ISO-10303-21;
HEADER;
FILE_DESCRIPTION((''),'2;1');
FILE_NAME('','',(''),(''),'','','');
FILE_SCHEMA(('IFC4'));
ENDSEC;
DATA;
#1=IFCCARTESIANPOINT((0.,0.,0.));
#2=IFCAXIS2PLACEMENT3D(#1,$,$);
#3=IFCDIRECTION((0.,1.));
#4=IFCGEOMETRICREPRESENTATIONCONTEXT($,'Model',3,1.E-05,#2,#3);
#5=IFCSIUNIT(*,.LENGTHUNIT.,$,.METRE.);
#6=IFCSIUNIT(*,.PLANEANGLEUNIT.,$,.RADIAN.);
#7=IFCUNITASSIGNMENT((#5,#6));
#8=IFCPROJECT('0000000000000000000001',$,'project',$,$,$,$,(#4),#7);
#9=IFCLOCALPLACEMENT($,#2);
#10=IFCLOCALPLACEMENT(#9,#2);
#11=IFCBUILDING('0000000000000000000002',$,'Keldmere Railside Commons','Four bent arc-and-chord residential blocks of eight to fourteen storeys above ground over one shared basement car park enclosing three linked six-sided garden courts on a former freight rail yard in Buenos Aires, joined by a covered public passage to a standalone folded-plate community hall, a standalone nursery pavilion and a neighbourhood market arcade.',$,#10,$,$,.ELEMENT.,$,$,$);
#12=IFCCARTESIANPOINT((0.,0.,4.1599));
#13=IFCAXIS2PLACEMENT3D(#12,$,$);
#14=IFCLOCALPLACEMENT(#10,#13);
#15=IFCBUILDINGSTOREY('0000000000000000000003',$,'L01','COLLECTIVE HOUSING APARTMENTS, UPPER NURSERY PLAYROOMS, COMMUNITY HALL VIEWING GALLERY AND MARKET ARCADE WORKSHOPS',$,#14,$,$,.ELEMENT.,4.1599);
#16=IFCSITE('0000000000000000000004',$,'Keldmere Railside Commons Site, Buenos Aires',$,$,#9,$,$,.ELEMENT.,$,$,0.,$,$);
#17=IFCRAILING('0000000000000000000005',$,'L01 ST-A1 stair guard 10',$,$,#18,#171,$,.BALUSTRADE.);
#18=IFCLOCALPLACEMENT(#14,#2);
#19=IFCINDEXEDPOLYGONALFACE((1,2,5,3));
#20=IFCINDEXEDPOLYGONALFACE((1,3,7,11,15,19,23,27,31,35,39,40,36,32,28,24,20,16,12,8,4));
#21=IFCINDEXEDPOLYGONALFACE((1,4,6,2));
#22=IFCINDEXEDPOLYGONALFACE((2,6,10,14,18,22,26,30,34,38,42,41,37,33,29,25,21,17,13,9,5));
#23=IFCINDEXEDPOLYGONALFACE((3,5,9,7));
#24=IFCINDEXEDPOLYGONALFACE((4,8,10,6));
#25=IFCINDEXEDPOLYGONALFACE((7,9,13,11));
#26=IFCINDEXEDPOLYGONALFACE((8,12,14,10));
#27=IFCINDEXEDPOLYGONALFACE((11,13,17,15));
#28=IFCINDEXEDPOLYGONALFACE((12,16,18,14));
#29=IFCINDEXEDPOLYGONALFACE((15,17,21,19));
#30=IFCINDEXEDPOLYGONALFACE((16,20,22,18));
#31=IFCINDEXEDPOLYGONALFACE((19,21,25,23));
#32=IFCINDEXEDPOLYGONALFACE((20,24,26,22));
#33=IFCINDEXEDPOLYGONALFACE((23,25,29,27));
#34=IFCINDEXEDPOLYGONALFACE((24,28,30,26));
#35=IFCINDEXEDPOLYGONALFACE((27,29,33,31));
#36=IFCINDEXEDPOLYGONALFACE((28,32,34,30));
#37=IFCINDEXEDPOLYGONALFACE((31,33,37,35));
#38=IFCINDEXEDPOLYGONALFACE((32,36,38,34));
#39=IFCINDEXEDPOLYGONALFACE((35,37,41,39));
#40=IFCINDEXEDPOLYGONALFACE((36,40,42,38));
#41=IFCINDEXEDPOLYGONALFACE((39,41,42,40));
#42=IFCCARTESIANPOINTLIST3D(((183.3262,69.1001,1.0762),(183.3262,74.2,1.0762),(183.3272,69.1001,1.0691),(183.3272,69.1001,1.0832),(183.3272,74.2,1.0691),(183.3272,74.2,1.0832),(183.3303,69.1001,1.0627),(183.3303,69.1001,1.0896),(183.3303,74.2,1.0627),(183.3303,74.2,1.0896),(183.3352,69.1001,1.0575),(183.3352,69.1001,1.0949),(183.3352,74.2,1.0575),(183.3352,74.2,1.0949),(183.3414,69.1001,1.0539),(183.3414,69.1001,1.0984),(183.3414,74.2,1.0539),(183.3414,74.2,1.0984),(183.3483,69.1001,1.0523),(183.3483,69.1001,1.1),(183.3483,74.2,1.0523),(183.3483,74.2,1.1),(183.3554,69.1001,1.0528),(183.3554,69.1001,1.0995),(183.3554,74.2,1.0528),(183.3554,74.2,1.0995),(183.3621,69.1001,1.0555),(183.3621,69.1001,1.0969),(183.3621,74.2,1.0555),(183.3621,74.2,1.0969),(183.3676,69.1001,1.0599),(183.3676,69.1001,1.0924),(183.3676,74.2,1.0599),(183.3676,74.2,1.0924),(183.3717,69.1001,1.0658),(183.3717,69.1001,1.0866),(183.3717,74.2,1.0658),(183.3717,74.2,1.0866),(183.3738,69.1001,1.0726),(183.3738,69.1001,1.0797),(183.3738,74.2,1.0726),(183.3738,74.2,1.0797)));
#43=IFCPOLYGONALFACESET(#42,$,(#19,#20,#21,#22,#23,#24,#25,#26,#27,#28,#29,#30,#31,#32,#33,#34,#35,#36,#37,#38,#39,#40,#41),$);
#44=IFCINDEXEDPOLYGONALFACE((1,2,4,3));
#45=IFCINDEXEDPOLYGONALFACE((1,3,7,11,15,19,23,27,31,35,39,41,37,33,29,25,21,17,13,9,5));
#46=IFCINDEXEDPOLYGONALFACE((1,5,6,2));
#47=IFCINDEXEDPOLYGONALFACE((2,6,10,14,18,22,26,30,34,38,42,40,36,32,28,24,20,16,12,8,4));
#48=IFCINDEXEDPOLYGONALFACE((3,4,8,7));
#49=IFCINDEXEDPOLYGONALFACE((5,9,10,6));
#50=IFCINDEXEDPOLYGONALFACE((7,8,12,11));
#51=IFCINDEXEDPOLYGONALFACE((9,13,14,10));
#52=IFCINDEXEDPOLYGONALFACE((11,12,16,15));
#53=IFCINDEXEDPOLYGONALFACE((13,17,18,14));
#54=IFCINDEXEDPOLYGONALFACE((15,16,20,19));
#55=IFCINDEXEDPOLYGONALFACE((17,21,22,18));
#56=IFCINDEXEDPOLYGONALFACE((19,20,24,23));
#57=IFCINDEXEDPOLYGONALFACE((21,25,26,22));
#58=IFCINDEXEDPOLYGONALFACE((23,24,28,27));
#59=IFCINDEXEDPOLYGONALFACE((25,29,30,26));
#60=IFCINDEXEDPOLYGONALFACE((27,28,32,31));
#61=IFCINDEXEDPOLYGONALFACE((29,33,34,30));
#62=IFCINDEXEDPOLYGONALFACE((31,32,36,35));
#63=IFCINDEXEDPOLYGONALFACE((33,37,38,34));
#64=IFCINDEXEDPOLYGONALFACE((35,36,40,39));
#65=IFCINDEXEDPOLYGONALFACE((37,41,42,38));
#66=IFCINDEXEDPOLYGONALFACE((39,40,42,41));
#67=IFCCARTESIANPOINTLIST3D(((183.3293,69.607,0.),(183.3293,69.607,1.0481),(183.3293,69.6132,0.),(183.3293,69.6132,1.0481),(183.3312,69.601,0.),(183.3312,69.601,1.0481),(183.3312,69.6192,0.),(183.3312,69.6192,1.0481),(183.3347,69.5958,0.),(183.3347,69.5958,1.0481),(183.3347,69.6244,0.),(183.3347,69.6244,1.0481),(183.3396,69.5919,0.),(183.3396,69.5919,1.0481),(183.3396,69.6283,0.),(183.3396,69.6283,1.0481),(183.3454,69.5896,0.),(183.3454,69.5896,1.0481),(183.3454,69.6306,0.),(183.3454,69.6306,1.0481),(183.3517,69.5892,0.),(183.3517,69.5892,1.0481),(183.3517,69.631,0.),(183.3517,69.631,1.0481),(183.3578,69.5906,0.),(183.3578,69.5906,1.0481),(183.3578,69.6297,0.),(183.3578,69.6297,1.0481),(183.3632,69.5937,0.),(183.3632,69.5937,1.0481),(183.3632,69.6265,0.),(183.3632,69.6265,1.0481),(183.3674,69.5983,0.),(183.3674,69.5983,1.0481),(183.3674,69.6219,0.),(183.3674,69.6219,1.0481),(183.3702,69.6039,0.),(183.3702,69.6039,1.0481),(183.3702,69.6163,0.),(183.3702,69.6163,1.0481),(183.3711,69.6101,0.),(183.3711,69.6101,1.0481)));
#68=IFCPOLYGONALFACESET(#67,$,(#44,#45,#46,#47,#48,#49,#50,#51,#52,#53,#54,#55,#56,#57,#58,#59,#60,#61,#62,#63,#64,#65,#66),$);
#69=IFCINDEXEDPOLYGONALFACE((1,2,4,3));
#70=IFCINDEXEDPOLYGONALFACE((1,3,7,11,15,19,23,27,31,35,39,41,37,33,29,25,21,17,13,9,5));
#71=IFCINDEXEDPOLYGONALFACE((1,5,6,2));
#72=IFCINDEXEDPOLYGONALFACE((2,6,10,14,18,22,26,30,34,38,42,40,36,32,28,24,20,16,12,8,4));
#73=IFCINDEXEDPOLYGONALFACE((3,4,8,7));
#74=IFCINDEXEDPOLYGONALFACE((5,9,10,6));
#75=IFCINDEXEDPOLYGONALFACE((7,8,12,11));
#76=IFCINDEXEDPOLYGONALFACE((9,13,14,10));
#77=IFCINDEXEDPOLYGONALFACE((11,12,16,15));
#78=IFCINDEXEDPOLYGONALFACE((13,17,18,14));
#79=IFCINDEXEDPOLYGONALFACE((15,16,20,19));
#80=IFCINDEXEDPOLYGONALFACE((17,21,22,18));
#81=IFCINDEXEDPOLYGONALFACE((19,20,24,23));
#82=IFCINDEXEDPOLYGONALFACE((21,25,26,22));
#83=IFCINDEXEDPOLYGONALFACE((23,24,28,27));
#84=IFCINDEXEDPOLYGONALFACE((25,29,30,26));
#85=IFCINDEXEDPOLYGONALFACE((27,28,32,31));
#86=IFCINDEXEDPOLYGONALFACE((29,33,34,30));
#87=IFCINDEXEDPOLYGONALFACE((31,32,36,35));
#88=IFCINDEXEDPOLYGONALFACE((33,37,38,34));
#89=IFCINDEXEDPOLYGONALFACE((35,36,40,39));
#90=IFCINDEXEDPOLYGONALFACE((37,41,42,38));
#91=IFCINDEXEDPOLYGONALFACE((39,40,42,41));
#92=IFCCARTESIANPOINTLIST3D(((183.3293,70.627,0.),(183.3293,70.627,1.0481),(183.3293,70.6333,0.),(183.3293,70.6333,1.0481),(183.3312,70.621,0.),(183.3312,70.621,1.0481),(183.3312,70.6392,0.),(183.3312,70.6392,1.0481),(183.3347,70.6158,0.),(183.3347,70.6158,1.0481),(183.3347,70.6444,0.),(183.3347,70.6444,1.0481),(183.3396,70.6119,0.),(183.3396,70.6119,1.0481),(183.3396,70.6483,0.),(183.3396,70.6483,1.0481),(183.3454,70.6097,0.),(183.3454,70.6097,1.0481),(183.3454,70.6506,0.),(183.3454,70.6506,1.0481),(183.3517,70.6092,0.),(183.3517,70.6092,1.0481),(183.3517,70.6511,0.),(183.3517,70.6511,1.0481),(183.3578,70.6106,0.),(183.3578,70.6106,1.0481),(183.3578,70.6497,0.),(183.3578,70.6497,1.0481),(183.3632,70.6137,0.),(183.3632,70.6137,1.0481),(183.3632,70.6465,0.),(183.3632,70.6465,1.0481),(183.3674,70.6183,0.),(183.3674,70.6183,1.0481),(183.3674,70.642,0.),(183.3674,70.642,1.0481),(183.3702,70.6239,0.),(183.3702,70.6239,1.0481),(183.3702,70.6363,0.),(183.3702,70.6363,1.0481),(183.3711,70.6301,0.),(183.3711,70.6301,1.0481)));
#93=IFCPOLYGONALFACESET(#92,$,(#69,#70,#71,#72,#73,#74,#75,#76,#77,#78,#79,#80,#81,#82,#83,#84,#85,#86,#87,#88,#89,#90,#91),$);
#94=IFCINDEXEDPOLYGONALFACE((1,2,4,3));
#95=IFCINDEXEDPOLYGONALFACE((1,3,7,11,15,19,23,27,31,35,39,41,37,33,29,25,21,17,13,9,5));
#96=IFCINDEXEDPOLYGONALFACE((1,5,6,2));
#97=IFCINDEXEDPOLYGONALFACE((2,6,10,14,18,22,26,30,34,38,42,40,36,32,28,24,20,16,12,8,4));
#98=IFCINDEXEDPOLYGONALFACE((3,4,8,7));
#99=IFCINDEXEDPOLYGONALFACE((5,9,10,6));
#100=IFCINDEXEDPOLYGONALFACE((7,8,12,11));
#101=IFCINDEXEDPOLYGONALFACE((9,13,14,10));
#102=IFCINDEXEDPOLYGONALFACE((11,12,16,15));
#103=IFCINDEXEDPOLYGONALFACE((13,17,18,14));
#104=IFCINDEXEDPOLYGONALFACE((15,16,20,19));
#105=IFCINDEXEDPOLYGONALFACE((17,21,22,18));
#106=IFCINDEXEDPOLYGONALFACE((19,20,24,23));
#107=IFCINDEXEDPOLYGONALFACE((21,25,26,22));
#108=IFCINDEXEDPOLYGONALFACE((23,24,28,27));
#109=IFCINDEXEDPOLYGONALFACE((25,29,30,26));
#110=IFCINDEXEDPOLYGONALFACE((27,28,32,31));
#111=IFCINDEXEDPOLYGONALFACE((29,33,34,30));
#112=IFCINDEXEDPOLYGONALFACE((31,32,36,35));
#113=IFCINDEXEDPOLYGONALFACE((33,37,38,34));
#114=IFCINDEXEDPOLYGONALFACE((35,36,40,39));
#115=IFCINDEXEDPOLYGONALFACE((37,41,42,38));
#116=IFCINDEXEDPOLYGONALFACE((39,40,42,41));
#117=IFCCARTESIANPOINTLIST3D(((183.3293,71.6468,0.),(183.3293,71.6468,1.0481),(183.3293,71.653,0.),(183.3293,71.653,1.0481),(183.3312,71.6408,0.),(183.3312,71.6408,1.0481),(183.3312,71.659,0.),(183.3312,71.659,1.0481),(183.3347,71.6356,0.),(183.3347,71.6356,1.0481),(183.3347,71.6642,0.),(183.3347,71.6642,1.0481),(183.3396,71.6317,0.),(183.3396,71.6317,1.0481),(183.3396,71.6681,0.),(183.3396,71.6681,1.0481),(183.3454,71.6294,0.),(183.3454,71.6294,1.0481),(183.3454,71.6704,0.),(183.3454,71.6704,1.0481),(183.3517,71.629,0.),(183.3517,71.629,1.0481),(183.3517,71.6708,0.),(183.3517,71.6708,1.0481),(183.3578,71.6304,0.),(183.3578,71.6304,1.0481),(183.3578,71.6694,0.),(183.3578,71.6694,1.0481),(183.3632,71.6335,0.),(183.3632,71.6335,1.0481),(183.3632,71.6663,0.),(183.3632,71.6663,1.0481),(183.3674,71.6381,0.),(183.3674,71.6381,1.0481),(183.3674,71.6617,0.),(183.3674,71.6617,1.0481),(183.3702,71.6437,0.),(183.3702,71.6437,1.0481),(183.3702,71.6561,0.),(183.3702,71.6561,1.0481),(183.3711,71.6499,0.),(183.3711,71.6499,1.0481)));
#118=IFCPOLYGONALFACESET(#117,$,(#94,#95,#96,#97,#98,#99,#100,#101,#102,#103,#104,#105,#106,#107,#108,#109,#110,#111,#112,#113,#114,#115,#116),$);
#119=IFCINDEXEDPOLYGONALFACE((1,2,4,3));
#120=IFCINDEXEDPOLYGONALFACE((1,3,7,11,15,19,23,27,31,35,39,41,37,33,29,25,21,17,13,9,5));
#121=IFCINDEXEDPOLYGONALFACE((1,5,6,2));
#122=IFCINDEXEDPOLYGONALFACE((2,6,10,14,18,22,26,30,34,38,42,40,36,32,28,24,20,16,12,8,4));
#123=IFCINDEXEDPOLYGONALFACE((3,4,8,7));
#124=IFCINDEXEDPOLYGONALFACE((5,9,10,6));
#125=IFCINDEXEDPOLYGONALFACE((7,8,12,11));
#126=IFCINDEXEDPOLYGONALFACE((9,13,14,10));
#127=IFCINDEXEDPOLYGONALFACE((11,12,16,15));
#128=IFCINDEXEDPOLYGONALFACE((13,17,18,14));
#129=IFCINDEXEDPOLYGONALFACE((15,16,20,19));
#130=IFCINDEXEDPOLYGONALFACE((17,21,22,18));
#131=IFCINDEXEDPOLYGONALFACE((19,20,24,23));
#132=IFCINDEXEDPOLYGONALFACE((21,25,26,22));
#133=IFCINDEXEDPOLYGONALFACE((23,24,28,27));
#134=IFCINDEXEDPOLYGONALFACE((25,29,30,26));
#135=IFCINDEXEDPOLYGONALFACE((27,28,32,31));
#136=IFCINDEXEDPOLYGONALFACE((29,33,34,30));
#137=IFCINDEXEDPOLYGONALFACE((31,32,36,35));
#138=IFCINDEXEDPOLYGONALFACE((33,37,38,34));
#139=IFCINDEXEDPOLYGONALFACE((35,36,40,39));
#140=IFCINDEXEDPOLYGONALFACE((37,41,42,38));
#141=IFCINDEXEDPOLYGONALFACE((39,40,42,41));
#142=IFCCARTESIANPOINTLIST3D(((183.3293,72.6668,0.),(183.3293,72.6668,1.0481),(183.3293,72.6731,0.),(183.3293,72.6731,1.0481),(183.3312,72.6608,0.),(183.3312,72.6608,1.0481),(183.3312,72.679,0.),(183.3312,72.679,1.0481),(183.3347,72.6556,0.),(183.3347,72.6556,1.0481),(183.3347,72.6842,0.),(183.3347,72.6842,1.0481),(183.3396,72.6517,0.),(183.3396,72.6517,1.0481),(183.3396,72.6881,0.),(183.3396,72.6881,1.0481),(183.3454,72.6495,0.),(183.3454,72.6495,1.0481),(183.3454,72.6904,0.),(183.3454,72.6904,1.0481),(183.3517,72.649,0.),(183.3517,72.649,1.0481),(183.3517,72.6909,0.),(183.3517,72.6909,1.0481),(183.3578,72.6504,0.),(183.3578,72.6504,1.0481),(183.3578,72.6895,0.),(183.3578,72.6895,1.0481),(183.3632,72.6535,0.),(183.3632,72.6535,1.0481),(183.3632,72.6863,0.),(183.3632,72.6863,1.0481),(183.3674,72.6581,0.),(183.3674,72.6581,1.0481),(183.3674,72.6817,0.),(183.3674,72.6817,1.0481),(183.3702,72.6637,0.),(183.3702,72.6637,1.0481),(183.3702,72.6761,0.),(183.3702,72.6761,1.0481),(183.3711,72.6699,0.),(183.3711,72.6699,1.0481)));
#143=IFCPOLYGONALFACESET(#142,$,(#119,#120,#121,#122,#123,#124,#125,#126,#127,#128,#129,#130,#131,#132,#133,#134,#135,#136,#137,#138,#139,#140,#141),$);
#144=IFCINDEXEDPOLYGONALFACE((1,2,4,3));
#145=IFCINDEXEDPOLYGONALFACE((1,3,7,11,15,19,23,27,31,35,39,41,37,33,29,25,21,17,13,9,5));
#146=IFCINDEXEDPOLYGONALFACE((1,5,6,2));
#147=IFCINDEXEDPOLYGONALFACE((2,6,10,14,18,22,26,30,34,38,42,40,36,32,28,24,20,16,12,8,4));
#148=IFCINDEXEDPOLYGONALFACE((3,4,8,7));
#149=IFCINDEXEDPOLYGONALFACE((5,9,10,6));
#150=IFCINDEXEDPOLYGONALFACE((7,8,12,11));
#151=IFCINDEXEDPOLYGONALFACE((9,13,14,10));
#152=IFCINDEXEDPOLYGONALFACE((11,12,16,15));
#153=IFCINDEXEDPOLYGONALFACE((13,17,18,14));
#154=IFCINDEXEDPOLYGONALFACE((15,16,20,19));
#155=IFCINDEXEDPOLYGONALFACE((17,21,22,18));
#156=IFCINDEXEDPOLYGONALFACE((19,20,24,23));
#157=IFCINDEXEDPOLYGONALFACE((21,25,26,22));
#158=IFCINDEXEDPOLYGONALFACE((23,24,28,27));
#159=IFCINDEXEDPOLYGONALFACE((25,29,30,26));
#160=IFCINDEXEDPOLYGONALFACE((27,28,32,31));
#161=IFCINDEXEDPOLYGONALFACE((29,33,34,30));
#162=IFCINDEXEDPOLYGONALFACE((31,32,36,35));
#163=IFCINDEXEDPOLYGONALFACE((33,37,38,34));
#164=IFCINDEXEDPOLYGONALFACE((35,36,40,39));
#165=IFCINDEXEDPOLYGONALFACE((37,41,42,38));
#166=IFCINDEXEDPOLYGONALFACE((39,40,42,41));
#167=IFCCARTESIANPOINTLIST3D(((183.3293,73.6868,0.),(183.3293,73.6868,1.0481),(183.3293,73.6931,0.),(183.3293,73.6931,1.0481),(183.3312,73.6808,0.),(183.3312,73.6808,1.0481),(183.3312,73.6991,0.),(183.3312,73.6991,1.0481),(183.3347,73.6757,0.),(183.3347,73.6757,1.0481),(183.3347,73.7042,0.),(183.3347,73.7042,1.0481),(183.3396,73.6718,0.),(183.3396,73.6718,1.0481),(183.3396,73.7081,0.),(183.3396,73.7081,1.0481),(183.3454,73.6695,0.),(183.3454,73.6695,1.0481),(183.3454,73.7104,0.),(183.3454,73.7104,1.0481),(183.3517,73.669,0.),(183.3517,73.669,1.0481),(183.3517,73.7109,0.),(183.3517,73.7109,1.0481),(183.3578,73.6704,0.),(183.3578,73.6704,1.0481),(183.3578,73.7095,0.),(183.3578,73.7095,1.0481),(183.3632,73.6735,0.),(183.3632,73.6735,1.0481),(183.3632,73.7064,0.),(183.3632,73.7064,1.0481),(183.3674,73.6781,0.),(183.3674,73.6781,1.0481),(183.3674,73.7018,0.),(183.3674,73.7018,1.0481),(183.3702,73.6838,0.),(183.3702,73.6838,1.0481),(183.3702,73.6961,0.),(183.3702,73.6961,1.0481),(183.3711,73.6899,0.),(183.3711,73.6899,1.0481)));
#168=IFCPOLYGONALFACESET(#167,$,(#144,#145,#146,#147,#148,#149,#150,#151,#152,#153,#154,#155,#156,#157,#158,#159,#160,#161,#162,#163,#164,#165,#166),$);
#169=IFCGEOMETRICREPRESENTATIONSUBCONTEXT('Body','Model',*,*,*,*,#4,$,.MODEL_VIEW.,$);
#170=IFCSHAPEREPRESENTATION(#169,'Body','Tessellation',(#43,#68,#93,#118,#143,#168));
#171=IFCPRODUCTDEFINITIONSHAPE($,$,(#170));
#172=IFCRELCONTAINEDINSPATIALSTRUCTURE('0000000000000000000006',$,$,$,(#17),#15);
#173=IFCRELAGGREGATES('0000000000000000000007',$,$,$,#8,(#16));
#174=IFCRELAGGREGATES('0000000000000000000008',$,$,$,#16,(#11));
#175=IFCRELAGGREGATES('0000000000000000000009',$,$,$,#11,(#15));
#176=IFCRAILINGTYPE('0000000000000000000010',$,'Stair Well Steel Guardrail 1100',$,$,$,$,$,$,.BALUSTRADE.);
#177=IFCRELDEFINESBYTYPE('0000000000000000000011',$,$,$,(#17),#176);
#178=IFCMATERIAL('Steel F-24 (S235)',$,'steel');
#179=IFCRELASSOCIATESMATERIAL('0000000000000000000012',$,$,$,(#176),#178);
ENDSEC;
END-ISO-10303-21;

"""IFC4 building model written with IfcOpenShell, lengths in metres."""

from ifc_helpers import new_model, si_unit, direction, frame, origin, origin_2d, place, context, subcontext, project, spatial, circle, extrude, material, type_object, element, save


model = new_model("IFC4")

# Units and contexts
model_context = context("Model", 3, precision=1e-05, world=origin(), true_north=direction((0.0, 1.0)))
body_context = subcontext(model_context, "Body", "Model", "MODEL_VIEW")
ifc_project = project(units=[si_unit("LENGTHUNIT", "METRE"), si_unit("PLANEANGLEUNIT", "RADIAN")], contexts=[model_context])

# Site, building, storey
site_placement = place(None, origin())
site = spatial("IfcSite", under=ifc_project, at=site_placement, Name="Keldmere Railside Commons Site, Buenos Aires", CompositionType="ELEMENT", RefElevation=0.0)
building_placement = place(site_placement, origin())
building = spatial("IfcBuilding", under=site, at=building_placement, Name="Keldmere Railside Commons", Description="Four bent arc-and-chord residential blocks of eight to fourteen storeys above ground over one shared basement car park enclosing three linked six-sided garden courts on a former freight rail yard in Buenos Aires, joined by a covered public passage to a standalone folded-plate community hall, a standalone nursery pavilion and a neighbourhood market arcade.", CompositionType="ELEMENT")
storey_placement = place(building_placement, frame((0.0, 0.0, 4.1599)))
storey = spatial("IfcBuildingStorey", under=building, at=storey_placement, Name="L01", Description="COLLECTIVE HOUSING APARTMENTS, UPPER NURSERY PLAYROOMS, COMMUNITY HALL VIEWING GALLERY AND MARKET ARCADE WORKSHOPS", CompositionType="ELEMENT", Elevation=4.1599)

# Railing
ifc_material_1 = material(Name="Steel F-24 (S235)", Category="steel")
railing_type_1 = type_object("IfcRailingType", Name="Stair Well Steel Guardrail 1100", PredefinedType="BALUSTRADE", material=ifc_material_1)
for number, where, name in (
    (1, (183.3501, 69.1001, 0.0), "L01 ST-A1 stair guard 10"),
):
    element("IfcRailing", number, at=place(storey_placement, frame(where)), inside=storey, type_object=railing_type_1, Name=name, PredefinedType="BALUSTRADE", context=body_context, shape_type="SweptSolid", body=[
        extrude(circle(Radius=0.0239, at=origin_2d()), frame((0.0, 0.0, 1.0762), z_axis=(0.0, 1.0, 0.0), x_axis=(-1.0, 0.0, 0.0)), (0.0, 0.0, 1.0), 5.0999),
        extrude(circle(Radius=0.021, at=origin_2d()), frame((0.0, 0.51, 0.0)), (0.0, 0.0, 1.0), 1.0481),
        extrude(circle(Radius=0.021, at=origin_2d()), frame((0.0, 1.53, 0.0)), (0.0, 0.0, 1.0), 1.0481),
        extrude(circle(Radius=0.021, at=origin_2d()), frame((0.0, 2.5498, 0.0)), (0.0, 0.0, 1.0), 1.0481),
        extrude(circle(Radius=0.021, at=origin_2d()), frame((0.0, 3.5698, 0.0)), (0.0, 0.0, 1.0), 1.0481),
        extrude(circle(Radius=0.021, at=origin_2d()), frame((0.0, 4.5898, 0.0)), (0.0, 0.0, 1.0), 1.0481),
    ])

save(model, "model.ifc")
